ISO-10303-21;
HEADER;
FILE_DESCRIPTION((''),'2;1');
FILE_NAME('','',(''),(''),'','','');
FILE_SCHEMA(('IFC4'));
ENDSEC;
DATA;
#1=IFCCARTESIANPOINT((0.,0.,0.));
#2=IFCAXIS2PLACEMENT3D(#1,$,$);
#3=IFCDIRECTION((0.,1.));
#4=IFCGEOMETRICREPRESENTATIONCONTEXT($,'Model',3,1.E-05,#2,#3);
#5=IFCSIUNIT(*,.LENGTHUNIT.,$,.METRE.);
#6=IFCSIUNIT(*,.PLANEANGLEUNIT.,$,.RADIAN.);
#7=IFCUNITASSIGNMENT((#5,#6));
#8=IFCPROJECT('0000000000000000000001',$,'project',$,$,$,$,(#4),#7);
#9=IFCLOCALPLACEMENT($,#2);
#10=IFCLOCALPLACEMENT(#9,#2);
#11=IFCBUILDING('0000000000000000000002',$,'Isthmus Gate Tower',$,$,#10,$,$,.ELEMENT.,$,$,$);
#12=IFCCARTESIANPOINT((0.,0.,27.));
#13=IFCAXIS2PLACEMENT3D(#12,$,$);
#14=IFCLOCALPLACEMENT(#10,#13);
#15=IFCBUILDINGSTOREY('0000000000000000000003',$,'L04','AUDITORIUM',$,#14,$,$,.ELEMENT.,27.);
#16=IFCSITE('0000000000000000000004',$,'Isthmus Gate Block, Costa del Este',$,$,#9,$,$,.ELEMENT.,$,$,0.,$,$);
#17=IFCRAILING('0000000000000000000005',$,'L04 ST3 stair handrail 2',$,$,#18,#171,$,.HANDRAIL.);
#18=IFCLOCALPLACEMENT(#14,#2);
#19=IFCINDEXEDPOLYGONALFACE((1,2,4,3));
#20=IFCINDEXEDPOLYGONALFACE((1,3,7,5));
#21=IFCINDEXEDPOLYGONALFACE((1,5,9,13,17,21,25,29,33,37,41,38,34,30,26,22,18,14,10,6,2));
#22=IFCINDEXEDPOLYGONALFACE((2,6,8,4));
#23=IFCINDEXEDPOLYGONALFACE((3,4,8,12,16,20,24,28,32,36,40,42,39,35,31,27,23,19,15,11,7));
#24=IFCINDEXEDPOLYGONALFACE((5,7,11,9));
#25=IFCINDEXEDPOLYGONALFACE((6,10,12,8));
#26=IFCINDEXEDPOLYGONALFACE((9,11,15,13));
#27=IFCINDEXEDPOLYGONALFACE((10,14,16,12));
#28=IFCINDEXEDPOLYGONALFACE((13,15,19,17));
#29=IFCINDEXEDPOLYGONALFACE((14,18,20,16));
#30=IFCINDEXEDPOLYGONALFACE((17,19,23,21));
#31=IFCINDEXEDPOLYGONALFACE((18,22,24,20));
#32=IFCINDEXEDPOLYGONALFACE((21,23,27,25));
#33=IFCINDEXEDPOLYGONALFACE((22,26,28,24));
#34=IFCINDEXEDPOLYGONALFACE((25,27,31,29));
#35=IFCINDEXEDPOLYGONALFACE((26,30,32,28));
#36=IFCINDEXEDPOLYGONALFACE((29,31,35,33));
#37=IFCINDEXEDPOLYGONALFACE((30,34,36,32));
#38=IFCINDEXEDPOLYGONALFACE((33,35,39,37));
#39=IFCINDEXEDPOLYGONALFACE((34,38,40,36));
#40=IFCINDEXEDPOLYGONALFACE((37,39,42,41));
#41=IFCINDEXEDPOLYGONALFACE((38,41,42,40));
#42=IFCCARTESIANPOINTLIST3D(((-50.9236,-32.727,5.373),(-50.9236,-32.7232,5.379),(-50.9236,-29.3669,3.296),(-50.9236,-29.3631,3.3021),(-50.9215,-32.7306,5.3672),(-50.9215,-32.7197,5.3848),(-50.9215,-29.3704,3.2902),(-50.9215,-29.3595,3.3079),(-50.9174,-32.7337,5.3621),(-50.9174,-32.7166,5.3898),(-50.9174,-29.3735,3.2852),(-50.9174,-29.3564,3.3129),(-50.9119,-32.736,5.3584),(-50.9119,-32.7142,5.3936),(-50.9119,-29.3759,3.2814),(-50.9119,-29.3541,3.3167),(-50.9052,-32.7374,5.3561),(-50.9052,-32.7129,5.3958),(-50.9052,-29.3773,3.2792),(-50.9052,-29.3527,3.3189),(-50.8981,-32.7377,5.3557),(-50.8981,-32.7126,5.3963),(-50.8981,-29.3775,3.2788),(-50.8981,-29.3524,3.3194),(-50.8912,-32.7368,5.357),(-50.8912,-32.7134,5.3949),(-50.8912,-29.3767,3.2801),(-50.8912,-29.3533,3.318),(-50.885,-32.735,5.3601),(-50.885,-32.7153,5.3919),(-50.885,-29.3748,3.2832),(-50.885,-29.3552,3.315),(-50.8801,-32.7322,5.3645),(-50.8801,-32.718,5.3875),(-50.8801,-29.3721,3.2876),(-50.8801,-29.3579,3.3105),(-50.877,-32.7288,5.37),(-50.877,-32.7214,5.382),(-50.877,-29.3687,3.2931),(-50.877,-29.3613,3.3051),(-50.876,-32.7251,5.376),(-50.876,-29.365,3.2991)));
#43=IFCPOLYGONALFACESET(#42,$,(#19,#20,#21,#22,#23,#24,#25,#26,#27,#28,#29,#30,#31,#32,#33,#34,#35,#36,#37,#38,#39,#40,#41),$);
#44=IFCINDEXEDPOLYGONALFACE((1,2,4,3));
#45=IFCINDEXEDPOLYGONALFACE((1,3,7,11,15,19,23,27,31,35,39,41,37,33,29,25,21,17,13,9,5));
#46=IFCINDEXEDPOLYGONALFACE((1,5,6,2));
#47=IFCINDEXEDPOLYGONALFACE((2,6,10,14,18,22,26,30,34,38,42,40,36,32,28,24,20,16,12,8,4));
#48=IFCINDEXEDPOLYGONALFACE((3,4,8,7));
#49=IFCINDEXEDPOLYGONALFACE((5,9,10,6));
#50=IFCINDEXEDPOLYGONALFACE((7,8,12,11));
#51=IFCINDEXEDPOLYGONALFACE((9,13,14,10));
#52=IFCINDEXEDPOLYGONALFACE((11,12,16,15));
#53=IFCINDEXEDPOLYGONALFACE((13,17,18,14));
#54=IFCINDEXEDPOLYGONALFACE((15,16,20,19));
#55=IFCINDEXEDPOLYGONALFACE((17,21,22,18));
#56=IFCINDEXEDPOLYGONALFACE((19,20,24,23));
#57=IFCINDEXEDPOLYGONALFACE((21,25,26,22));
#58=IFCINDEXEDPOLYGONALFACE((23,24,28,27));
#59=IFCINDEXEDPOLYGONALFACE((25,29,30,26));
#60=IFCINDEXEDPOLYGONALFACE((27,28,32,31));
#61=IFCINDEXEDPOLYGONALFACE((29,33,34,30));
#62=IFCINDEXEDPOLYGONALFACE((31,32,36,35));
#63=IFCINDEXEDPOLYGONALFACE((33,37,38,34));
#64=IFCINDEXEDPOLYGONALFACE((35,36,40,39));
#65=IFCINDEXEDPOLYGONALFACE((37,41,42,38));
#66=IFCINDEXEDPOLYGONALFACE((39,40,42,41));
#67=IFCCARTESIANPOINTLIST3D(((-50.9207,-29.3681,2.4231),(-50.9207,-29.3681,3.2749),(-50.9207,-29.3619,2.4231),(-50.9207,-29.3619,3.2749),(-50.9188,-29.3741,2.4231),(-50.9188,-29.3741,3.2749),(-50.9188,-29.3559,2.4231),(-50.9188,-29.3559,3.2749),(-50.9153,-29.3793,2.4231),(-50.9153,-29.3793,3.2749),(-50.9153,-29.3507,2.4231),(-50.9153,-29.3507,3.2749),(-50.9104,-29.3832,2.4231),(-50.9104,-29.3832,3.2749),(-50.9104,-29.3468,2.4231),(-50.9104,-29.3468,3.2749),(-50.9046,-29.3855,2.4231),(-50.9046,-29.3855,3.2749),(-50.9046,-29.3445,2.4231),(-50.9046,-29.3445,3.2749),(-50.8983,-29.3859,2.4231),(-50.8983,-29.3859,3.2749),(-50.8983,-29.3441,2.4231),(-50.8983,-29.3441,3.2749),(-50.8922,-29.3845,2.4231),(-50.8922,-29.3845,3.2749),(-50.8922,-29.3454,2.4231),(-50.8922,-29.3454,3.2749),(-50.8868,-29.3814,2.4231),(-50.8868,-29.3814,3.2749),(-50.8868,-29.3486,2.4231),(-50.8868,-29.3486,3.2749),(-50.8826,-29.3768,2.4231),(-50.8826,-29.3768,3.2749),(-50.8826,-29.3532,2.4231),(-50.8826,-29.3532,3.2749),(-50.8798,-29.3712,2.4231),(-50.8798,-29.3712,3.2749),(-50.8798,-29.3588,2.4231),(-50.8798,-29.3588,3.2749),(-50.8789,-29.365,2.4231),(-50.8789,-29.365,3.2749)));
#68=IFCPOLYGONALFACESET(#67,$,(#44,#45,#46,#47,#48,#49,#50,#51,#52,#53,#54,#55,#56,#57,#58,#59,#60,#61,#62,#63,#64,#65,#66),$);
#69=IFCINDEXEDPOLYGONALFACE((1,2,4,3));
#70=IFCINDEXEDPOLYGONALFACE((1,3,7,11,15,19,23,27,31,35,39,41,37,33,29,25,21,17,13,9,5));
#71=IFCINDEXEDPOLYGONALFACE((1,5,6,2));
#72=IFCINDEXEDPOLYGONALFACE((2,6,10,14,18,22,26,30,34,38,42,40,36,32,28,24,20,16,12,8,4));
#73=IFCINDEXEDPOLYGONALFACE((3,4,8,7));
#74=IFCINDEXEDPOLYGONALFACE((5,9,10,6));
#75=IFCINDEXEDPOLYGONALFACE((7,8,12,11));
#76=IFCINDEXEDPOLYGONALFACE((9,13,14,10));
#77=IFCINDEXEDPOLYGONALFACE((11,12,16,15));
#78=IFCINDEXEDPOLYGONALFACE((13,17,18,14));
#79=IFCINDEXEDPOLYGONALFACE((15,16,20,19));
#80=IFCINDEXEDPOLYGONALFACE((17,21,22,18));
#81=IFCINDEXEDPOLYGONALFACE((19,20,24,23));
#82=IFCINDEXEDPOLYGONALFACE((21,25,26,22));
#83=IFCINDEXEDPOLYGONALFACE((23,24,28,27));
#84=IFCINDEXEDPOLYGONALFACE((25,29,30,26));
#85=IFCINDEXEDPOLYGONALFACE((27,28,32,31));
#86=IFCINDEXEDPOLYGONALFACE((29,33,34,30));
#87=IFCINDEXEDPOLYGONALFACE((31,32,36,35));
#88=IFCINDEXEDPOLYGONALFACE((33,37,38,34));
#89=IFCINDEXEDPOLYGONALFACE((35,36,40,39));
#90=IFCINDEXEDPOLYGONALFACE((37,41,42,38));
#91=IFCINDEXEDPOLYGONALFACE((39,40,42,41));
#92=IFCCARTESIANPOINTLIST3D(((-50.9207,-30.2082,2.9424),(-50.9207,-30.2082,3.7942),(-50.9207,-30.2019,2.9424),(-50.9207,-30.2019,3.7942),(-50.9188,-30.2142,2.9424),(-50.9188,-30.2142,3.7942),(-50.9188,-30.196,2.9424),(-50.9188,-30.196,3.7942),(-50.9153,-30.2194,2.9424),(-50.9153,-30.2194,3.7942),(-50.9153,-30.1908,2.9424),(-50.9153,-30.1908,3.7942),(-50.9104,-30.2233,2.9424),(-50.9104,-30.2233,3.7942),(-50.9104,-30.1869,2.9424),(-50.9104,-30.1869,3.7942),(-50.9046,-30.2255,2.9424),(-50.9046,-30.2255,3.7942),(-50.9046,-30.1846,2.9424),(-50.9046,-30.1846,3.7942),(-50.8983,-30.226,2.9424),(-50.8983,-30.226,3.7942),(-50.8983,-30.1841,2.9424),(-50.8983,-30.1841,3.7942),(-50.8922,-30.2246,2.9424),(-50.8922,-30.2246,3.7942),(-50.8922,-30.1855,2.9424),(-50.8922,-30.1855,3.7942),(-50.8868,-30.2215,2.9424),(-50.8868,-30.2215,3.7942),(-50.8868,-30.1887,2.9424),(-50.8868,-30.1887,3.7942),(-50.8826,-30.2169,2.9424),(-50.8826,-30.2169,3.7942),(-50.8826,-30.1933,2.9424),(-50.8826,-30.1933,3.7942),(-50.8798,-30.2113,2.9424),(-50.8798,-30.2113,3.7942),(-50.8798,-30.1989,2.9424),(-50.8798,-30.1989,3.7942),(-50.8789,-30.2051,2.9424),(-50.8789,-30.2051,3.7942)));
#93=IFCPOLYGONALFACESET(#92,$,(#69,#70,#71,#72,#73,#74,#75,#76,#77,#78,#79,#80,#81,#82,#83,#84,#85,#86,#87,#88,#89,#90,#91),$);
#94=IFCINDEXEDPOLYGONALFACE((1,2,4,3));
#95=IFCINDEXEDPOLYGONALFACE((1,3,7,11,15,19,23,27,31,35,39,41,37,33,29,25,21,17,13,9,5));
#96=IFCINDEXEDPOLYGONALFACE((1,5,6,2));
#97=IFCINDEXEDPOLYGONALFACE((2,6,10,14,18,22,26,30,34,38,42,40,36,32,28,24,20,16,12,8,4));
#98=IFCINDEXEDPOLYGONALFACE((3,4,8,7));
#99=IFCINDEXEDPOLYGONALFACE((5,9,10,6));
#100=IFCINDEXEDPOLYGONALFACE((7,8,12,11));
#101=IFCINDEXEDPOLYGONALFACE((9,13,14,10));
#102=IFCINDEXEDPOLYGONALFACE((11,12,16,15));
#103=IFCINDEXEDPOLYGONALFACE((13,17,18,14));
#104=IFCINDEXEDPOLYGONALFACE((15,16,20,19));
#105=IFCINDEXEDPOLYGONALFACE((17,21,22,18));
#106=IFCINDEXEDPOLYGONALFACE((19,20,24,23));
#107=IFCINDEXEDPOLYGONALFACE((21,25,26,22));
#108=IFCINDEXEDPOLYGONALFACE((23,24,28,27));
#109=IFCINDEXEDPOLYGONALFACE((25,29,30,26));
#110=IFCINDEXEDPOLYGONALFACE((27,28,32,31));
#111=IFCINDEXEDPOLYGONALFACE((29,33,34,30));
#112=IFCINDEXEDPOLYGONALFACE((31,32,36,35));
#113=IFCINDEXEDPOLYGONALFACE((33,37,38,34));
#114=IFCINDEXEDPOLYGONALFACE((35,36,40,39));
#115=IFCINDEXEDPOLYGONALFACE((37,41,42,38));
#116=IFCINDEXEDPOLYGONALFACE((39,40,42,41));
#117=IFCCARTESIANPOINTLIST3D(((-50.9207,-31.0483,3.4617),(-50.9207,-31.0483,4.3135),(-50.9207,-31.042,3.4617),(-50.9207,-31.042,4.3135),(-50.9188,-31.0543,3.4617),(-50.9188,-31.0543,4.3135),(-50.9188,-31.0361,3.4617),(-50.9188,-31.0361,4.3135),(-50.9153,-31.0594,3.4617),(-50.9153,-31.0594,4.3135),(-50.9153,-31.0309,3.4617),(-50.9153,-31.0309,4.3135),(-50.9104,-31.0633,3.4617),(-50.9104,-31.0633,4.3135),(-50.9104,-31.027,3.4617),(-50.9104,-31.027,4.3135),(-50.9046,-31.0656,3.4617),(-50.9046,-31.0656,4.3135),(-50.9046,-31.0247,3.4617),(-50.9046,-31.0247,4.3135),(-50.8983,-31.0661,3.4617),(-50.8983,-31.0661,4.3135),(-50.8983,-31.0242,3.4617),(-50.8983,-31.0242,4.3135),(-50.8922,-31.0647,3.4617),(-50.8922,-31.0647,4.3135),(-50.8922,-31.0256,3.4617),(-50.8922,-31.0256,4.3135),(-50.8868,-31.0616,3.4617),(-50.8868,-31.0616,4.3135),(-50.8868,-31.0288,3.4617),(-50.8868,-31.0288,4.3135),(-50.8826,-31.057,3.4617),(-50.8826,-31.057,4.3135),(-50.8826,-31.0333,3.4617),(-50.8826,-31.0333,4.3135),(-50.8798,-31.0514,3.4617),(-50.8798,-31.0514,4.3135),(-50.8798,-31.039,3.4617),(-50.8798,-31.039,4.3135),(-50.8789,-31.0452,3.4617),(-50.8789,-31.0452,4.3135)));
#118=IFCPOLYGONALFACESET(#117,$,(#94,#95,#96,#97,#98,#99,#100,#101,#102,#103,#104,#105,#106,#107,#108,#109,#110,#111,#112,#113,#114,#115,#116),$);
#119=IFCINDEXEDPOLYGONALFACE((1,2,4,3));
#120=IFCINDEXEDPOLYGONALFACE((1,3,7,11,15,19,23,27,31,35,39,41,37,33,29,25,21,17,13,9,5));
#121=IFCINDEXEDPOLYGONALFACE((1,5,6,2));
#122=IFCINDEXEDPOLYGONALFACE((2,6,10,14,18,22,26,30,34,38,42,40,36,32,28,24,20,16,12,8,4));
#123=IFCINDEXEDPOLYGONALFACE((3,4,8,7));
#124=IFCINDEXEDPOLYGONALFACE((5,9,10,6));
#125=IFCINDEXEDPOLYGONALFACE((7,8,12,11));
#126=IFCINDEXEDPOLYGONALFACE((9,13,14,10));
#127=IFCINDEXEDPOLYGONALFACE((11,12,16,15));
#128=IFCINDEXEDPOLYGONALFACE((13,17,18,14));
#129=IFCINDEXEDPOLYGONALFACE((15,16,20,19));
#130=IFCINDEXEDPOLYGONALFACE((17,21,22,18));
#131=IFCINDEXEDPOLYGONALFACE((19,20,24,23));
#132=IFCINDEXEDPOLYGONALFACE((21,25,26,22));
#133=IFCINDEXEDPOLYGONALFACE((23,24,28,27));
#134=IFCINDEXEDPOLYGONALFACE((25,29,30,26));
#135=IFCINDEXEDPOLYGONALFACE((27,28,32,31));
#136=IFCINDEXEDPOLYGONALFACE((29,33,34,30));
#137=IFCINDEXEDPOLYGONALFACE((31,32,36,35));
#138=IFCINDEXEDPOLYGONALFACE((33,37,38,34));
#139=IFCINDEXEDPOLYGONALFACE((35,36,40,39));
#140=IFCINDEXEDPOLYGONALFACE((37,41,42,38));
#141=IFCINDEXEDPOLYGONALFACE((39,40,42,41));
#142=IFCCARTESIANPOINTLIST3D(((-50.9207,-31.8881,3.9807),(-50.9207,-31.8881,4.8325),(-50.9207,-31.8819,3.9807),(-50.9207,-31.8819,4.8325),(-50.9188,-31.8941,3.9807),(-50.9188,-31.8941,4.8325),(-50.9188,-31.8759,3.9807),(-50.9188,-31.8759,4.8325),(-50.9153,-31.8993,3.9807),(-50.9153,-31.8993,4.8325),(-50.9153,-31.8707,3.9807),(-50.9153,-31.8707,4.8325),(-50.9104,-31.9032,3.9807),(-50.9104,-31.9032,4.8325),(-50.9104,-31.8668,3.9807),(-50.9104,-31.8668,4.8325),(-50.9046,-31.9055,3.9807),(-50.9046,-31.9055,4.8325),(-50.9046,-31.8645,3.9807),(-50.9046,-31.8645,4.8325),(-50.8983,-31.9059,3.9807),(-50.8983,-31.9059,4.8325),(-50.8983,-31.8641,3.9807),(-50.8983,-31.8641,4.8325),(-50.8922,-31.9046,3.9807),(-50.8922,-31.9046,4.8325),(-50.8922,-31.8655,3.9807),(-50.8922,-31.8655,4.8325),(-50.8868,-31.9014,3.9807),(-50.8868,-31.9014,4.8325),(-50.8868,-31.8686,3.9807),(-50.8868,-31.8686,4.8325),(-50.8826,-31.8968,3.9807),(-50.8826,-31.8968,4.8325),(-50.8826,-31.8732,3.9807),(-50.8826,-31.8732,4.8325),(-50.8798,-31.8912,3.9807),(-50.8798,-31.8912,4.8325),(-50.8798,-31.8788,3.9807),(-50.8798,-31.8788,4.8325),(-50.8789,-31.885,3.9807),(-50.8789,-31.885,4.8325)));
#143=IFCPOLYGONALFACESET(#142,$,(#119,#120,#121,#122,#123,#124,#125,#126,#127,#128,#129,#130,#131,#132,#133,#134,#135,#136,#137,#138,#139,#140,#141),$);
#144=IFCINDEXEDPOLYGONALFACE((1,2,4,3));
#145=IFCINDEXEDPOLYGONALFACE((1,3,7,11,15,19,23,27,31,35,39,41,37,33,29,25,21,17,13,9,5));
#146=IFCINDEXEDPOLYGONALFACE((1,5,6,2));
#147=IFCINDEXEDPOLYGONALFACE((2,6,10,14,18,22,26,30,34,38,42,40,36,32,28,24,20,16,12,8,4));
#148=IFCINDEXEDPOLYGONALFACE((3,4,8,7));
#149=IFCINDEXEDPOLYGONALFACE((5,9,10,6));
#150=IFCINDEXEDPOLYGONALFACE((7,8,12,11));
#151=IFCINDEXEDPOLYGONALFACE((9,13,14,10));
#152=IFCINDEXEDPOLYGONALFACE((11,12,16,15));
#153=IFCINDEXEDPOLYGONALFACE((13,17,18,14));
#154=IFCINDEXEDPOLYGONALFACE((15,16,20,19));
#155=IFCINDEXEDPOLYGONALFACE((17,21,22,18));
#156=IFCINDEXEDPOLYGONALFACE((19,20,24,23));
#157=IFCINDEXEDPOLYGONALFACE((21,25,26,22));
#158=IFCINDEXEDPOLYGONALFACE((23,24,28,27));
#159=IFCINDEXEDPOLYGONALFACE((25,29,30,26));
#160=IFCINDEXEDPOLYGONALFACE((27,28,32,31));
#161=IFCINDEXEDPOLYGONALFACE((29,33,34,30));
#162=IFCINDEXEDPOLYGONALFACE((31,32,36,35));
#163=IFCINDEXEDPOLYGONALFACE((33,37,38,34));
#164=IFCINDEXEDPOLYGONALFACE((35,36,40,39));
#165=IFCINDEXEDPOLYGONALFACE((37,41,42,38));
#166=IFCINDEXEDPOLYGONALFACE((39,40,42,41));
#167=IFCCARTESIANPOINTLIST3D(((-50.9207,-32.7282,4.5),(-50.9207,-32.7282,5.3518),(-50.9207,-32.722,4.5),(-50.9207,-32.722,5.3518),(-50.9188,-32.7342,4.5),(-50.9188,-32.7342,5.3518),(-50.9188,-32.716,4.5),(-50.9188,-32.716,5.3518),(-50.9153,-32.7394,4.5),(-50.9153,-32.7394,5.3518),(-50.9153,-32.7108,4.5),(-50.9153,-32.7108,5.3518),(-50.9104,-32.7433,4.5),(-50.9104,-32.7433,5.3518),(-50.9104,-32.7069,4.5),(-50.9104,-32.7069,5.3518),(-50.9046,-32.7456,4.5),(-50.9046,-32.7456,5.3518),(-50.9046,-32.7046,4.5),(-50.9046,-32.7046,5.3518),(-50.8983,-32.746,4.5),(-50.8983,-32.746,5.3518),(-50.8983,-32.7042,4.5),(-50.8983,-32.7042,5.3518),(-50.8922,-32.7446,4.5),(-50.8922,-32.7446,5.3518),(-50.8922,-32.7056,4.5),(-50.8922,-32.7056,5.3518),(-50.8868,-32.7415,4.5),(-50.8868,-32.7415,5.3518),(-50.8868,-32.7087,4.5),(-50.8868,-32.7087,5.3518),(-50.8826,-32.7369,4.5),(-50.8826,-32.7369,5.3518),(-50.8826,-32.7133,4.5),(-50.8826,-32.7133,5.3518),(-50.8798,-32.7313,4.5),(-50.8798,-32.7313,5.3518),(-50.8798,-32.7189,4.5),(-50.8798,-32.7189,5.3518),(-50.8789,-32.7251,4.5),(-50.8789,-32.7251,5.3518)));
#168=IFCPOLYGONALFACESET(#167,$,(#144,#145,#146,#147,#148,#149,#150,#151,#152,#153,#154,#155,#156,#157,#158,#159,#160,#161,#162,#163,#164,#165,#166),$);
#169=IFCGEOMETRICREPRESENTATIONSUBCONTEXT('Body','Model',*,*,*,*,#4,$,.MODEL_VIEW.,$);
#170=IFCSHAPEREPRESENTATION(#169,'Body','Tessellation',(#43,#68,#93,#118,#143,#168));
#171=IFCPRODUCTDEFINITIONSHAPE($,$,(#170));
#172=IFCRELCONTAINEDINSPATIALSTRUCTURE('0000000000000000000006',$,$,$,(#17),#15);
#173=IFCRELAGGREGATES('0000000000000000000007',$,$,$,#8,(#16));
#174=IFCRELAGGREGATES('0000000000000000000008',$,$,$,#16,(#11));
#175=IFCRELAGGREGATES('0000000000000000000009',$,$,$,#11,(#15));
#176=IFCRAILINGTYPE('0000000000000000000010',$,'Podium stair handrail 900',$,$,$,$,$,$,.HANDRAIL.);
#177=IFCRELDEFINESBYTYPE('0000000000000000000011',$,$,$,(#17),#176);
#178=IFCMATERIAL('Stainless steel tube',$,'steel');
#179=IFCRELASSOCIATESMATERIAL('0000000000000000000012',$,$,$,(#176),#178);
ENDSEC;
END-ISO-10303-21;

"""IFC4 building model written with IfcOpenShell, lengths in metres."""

from ifc_helpers import new_model, si_unit, direction, frame, origin, origin_2d, place, context, subcontext, project, spatial, circle, extrude, material, type_object, element, save


model = new_model("IFC4")

# Units and contexts
model_context = context("Model", 3, precision=1e-05, world=origin(), true_north=direction((0.0, 1.0)))
body_context = subcontext(model_context, "Body", "Model", "MODEL_VIEW")
ifc_project = project(units=[si_unit("LENGTHUNIT", "METRE"), si_unit("PLANEANGLEUNIT", "RADIAN")], contexts=[model_context])

# Site, building, storey
site_placement = place(None, origin())
site = spatial("IfcSite", under=ifc_project, at=site_placement, Name="Isthmus Gate Block, Costa del Este", CompositionType="ELEMENT", RefElevation=0.0)
building_placement = place(site_placement, origin())
building = spatial("IfcBuilding", under=site, at=building_placement, Name="Isthmus Gate Tower", CompositionType="ELEMENT")
storey_placement = place(building_placement, frame((0.0, 0.0, 27.0)))
storey = spatial("IfcBuildingStorey", under=building, at=storey_placement, Name="L04", Description="AUDITORIUM", CompositionType="ELEMENT", Elevation=27.0)

# Railing
ifc_material_1 = material(Name="Stainless steel tube", Category="steel")
railing_type_1 = type_object("IfcRailingType", Name="Podium stair handrail 900", PredefinedType="HANDRAIL", material=ifc_material_1)
railing_1_placement = place(storey_placement, frame((-50.8999, -29.365, 2.4231)))
element("IfcRailing", 1, at=railing_1_placement, inside=storey, type_object=railing_type_1, Name="L04 ST3 stair handrail 2", PredefinedType="HANDRAIL", context=body_context, shape_type="SweptSolid", body=[
    extrude(circle(Radius=0.0239, at=origin_2d()), frame((0.0, 0.0, 0.876), z_axis=(0.0, -0.850623, 0.525776), x_axis=(1.0, 0.0, 0.0)), (0.0, 0.0, 1.0), 3.9502),
    extrude(circle(Radius=0.021, at=origin_2d()), origin(), (0.0, 0.0, 1.0), 0.8518),
    extrude(circle(Radius=0.021, at=origin_2d()), frame((0.0, -0.8401, 0.5193)), (0.0, 0.0, 1.0), 0.8518),
    extrude(circle(Radius=0.021, at=origin_2d()), frame((0.0, -1.6802, 1.0386)), (0.0, 0.0, 1.0), 0.8518),
    extrude(circle(Radius=0.021, at=origin_2d()), frame((0.0, -2.52, 1.5576)), (0.0, 0.0, 1.0), 0.8518),
    extrude(circle(Radius=0.021, at=origin_2d()), frame((0.0, -3.3601, 2.0769)), (0.0, 0.0, 1.0), 0.8518),
])

save(model, "model.ifc")
